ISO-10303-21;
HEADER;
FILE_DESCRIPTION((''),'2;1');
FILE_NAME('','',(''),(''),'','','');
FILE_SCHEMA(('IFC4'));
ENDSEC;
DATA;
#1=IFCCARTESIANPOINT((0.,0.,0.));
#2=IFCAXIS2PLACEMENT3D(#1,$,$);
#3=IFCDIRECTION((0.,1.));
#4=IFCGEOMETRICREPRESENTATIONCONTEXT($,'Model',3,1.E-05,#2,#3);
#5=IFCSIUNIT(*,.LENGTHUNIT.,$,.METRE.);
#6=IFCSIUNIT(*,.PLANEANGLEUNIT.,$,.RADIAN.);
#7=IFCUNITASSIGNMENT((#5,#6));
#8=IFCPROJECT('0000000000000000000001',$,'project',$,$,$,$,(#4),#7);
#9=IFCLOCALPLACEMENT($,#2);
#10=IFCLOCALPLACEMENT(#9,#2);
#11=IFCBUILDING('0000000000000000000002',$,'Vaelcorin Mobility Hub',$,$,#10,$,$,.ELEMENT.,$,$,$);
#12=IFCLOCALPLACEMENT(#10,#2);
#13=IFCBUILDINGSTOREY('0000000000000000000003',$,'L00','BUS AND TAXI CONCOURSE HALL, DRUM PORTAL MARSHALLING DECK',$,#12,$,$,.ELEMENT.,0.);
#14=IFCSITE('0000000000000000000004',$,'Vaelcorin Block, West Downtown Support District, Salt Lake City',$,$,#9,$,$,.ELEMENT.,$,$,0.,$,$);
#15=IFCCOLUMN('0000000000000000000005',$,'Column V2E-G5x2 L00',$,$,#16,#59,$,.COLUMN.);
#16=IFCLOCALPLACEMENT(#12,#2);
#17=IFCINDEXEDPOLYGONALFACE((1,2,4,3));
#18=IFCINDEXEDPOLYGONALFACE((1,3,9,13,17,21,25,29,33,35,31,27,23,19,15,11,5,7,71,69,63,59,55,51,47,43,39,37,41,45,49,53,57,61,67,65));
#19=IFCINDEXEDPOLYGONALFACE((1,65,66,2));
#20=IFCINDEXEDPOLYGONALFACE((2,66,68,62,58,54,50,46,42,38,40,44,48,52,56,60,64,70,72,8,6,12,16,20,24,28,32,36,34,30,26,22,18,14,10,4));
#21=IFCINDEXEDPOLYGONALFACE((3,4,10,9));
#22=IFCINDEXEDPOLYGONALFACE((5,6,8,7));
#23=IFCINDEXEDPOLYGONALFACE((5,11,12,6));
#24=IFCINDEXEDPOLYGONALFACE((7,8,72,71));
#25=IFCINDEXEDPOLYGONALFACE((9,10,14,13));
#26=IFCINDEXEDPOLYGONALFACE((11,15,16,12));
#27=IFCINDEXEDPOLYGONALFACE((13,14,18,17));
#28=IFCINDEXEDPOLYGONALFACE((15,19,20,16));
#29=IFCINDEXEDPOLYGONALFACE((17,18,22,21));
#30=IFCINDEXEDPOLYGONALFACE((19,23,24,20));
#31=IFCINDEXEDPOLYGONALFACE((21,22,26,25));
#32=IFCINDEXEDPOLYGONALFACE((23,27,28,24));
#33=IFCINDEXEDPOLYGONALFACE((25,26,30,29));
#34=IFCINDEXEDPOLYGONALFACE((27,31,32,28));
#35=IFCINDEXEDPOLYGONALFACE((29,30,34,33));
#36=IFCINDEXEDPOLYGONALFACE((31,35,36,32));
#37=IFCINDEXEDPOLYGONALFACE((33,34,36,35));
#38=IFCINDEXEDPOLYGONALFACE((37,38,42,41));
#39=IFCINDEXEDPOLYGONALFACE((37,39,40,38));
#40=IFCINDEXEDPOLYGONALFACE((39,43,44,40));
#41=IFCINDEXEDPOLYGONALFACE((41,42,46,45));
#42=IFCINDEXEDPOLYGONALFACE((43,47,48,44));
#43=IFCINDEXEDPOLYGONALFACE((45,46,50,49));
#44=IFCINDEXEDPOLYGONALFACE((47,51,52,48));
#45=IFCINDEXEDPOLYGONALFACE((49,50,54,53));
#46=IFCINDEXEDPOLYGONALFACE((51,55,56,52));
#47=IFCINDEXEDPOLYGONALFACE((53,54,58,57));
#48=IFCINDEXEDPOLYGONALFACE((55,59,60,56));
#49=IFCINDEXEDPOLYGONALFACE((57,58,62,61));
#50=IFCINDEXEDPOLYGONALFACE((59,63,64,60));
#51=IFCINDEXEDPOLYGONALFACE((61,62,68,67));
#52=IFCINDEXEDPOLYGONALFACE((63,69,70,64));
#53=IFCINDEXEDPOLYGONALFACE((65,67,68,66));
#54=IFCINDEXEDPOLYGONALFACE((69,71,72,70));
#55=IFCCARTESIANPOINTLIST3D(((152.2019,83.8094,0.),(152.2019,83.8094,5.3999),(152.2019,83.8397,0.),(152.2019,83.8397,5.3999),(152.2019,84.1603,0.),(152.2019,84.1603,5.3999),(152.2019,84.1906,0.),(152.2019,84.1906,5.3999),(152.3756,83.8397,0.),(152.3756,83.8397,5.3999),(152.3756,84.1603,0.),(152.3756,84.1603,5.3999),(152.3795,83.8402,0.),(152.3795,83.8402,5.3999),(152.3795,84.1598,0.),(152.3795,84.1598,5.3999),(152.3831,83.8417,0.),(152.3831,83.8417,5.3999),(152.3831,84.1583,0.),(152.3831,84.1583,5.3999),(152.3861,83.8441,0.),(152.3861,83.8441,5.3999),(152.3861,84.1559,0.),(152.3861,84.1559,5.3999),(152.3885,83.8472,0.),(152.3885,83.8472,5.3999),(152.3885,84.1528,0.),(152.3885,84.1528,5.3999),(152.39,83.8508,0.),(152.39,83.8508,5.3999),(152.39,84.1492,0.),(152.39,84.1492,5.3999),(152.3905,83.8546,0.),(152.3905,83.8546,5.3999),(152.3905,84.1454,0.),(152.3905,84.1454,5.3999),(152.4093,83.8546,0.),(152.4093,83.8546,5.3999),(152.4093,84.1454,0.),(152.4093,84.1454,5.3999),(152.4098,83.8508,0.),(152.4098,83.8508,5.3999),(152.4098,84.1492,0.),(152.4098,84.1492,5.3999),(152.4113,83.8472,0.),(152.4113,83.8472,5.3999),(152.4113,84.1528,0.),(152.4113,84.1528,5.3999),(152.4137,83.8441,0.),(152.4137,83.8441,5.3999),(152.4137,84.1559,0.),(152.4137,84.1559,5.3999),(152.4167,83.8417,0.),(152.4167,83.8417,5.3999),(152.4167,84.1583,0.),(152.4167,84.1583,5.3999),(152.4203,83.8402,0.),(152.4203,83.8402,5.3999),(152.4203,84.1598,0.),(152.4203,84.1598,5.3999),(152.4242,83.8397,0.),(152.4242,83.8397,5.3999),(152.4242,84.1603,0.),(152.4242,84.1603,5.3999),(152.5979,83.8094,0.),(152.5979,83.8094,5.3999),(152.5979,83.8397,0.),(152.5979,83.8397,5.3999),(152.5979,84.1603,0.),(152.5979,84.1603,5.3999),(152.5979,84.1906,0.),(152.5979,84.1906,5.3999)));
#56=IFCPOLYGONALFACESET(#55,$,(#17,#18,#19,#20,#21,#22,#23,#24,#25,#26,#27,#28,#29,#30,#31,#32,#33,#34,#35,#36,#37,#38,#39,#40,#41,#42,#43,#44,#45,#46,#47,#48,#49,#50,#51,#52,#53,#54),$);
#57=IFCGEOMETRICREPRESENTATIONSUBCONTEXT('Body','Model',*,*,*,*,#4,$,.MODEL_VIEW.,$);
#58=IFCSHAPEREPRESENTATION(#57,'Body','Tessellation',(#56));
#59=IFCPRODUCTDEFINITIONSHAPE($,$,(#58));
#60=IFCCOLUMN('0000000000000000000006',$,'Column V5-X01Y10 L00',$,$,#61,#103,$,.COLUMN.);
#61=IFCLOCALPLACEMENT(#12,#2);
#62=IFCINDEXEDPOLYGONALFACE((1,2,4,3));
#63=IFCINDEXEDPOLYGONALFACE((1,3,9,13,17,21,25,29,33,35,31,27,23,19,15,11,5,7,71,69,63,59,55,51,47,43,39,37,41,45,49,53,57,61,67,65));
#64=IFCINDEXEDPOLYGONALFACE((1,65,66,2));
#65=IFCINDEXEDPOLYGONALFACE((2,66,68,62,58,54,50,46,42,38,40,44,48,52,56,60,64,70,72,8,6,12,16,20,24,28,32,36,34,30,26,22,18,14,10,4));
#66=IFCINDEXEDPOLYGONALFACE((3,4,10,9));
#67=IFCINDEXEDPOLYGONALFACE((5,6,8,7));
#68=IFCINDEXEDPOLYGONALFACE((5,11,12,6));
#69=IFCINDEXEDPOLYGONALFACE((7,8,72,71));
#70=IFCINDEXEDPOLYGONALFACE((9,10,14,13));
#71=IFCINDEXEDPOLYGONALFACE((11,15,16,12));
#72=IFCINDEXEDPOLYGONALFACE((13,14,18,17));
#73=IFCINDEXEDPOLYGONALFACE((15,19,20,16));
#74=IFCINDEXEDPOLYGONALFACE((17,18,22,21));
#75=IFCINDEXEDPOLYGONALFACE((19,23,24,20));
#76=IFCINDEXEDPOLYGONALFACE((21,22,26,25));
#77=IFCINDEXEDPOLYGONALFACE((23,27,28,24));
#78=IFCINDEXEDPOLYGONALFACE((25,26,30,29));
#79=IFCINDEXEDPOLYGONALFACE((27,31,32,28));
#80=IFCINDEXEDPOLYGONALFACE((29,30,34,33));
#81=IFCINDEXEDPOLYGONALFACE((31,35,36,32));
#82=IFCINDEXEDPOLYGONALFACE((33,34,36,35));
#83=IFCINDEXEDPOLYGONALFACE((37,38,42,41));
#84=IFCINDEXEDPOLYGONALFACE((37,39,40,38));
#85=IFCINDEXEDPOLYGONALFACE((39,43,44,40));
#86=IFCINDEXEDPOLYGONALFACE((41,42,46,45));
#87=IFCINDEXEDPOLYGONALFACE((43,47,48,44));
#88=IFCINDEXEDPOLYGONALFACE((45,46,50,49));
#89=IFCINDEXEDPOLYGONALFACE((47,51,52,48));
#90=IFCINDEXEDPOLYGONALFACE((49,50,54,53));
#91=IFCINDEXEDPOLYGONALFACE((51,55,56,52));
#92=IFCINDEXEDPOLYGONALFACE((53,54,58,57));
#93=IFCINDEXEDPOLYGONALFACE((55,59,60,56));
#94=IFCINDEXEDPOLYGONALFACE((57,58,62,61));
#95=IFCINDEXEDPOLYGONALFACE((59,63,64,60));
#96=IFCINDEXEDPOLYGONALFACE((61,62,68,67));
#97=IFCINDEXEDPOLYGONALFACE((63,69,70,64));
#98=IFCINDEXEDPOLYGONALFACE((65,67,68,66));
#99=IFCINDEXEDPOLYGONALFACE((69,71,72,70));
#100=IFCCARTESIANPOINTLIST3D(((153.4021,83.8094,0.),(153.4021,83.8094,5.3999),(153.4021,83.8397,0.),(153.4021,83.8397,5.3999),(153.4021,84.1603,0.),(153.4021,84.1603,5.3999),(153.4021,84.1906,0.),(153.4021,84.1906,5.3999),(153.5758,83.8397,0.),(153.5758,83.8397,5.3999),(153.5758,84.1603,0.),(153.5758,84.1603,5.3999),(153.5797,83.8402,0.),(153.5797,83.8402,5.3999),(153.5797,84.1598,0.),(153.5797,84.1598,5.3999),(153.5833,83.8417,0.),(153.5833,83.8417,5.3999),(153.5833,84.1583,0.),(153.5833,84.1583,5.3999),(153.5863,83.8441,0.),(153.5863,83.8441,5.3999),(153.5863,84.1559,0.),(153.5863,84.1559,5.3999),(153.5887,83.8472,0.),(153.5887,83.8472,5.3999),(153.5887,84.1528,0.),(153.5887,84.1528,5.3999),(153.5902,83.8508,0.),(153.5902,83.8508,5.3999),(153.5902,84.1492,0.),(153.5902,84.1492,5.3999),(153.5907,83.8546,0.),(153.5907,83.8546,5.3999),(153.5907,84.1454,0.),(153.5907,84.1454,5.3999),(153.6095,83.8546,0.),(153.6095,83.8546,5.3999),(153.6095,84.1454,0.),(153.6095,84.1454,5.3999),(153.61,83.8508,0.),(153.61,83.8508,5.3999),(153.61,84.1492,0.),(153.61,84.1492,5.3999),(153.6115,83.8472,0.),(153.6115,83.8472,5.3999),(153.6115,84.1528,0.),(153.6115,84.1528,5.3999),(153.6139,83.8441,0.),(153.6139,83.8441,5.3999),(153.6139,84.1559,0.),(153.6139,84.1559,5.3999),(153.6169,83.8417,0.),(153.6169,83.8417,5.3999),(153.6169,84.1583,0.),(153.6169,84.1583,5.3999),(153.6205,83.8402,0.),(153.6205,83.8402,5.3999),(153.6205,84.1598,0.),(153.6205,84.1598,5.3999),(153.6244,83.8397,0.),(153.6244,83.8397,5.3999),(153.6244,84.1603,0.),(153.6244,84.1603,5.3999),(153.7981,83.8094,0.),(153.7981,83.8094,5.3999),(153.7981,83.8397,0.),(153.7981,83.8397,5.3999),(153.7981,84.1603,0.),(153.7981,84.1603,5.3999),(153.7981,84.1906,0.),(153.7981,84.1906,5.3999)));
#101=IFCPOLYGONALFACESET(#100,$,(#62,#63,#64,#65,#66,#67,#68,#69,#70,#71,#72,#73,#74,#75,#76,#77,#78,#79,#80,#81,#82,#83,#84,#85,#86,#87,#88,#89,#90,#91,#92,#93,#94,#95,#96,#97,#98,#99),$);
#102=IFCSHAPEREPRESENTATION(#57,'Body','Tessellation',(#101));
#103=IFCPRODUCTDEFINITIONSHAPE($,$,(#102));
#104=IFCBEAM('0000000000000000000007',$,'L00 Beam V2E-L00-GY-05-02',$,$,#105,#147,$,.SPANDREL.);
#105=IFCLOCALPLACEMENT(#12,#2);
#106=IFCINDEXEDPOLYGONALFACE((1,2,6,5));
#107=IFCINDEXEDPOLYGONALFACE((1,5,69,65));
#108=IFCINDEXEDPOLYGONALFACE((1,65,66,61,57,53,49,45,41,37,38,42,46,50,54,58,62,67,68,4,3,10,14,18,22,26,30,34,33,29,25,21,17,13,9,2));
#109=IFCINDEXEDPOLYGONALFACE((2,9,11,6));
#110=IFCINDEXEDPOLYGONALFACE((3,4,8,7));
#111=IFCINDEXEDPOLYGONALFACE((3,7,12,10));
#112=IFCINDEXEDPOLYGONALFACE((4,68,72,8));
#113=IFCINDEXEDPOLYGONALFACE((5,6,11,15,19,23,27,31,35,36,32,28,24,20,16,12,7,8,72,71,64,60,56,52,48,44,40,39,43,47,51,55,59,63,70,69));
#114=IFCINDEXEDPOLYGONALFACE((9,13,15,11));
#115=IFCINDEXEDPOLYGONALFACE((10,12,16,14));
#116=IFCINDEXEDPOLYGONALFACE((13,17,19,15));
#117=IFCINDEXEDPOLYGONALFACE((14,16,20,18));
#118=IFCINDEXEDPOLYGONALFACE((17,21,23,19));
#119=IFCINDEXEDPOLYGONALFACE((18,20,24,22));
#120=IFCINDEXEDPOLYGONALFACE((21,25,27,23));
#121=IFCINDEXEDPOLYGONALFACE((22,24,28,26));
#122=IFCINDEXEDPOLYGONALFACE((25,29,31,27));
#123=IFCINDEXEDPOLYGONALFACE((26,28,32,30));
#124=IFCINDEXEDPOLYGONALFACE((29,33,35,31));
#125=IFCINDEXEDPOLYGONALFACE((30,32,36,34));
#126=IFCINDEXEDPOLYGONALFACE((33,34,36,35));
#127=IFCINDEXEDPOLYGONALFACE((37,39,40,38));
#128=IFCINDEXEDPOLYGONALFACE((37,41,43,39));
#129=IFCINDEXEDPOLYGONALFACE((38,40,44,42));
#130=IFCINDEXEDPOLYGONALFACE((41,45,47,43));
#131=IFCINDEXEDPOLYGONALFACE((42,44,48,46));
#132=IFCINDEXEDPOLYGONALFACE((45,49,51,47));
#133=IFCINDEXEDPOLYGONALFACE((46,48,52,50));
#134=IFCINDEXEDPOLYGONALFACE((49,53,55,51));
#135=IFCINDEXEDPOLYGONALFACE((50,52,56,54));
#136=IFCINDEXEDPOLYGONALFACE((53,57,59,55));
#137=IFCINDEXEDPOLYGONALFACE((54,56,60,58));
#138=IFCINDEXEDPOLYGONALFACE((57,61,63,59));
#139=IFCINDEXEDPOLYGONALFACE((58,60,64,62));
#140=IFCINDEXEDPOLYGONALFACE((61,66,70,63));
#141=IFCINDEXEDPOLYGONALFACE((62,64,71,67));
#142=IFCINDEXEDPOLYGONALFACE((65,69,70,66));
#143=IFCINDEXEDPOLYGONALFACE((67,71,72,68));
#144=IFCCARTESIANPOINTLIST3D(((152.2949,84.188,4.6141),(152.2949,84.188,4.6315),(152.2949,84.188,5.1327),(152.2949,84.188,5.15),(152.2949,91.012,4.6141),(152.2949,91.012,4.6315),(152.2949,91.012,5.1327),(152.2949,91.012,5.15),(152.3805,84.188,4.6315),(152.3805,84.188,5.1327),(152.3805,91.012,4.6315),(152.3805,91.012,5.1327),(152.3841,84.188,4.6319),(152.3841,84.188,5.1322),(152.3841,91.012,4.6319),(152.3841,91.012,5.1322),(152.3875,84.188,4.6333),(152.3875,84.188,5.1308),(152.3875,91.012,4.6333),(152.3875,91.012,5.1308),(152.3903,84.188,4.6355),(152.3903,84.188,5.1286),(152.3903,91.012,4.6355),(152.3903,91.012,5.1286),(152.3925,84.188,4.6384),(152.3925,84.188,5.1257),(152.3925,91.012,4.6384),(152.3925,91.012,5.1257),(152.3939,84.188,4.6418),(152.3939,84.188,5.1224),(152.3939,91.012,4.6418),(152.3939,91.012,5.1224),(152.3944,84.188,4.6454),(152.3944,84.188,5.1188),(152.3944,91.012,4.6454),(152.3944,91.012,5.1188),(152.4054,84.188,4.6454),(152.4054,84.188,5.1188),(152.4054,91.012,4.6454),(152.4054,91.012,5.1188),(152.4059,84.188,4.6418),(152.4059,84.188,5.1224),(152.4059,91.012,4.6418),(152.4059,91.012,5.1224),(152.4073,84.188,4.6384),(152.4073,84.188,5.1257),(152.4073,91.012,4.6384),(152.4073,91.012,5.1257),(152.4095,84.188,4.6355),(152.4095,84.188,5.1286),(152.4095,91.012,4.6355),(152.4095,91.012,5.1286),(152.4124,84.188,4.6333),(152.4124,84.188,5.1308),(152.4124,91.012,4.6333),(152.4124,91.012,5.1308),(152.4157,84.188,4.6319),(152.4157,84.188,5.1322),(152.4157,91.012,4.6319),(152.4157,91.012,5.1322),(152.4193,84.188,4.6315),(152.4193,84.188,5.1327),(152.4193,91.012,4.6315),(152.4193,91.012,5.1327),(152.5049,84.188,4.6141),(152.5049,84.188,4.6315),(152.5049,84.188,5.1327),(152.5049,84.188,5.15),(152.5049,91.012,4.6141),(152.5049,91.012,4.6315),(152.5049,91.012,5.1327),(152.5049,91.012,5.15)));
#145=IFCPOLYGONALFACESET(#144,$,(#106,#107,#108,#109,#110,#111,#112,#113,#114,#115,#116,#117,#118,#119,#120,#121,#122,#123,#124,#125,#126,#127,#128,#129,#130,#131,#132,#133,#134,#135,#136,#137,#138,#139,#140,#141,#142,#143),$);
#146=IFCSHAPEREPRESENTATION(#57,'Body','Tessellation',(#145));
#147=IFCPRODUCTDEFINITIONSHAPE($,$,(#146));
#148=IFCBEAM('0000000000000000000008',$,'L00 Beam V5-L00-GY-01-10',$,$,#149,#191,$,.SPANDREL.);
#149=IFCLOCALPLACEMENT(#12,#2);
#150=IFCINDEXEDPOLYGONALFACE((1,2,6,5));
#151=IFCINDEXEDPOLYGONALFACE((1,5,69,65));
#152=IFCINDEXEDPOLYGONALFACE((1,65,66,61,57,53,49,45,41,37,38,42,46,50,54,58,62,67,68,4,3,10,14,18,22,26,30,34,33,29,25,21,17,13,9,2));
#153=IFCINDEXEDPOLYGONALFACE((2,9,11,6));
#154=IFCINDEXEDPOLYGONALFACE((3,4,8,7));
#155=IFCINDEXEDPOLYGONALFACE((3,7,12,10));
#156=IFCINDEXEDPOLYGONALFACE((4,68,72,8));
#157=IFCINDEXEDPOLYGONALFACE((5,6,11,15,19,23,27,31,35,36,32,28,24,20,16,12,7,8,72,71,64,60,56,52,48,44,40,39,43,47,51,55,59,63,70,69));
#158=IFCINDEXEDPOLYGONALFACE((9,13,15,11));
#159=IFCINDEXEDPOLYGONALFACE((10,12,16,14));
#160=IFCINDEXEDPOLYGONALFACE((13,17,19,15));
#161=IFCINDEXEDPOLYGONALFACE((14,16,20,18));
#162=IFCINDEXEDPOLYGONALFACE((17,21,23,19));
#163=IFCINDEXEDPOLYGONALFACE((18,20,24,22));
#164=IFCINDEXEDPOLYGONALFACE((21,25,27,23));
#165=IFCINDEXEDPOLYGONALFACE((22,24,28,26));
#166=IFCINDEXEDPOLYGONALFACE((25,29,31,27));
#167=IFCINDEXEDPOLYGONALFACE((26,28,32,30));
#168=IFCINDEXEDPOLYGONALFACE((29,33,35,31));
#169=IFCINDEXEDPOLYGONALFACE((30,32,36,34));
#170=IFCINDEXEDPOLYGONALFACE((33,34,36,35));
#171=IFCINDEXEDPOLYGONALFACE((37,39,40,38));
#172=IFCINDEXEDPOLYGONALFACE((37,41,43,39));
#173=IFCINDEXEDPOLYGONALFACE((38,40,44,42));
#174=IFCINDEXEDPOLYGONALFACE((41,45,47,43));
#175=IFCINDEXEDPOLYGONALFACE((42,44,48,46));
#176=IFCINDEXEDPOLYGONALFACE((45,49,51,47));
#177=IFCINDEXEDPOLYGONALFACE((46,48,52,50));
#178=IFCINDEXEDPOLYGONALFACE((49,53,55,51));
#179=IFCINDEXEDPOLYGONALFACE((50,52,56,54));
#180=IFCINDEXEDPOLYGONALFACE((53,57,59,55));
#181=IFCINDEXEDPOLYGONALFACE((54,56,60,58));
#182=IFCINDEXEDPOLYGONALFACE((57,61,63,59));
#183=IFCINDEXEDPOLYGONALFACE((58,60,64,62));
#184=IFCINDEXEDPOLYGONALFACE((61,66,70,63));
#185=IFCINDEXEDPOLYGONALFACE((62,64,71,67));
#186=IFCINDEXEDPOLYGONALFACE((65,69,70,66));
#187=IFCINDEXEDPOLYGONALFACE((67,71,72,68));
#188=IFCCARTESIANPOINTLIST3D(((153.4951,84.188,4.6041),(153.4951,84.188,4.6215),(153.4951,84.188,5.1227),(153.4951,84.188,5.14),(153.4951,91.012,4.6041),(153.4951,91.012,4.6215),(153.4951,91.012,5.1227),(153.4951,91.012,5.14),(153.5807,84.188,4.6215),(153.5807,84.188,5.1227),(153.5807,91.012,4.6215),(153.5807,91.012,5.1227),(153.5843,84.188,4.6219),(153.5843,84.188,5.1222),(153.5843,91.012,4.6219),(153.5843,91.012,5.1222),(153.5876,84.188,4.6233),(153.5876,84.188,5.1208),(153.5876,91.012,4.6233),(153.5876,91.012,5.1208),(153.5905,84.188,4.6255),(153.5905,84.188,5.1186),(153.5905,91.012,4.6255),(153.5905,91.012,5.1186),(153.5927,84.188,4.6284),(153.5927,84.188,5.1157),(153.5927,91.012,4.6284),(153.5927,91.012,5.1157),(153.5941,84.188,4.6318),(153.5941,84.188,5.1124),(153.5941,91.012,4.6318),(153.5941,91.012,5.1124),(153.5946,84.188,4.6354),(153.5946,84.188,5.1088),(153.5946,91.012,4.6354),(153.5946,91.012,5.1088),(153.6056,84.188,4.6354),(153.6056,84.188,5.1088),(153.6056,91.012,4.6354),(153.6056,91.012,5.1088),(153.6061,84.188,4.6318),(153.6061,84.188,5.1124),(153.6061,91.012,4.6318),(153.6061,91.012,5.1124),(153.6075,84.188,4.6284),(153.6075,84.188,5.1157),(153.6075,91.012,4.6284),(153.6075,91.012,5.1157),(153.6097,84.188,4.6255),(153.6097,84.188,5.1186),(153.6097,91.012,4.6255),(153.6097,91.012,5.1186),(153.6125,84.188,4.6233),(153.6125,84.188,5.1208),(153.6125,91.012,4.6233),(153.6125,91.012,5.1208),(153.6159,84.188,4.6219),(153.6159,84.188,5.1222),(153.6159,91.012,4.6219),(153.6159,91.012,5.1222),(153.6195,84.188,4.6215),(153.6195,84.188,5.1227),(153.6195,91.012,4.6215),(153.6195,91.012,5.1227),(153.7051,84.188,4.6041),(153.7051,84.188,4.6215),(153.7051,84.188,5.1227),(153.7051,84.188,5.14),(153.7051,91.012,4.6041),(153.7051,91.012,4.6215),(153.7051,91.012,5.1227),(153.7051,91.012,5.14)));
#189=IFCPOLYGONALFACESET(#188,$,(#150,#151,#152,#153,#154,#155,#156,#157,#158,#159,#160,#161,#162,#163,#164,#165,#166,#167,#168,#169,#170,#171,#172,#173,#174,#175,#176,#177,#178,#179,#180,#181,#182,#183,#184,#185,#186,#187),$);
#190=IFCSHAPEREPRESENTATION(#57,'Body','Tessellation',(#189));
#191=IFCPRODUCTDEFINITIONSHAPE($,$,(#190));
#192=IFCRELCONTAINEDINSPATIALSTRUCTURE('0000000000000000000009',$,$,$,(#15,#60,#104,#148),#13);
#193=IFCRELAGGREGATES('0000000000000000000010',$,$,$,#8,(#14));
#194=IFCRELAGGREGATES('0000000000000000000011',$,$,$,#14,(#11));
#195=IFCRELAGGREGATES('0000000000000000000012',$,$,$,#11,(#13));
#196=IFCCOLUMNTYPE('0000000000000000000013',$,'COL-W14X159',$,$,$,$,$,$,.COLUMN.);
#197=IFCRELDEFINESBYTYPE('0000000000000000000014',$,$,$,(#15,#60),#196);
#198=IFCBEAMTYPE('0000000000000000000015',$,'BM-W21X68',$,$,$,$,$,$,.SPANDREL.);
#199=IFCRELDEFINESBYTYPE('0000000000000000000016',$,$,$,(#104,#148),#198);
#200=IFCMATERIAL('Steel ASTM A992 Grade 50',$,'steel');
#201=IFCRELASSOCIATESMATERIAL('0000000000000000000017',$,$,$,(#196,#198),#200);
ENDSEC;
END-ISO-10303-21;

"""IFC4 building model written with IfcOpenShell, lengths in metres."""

from ifc_helpers import new_model, si_unit, direction, frame, origin, origin_2d, place, context, subcontext, project, spatial, i_section, extrude, material, material_profile, profile_set, type_object, element, save


model = new_model("IFC4")

# Units and contexts
model_context = context("Model", 3, precision=1e-05, world=origin(), true_north=direction((0.0, 1.0)))
body_context = subcontext(model_context, "Body", "Model", "MODEL_VIEW")
ifc_project = project(units=[si_unit("LENGTHUNIT", "METRE"), si_unit("PLANEANGLEUNIT", "RADIAN")], contexts=[model_context])

# Site, building, storey
site_placement = place(None, origin())
site = spatial("IfcSite", under=ifc_project, at=site_placement, Name="Vaelcorin Block, West Downtown Support District, Salt Lake City", CompositionType="ELEMENT", RefElevation=0.0)
building_placement = place(site_placement, origin())
building = spatial("IfcBuilding", under=site, at=building_placement, Name="Vaelcorin Mobility Hub", CompositionType="ELEMENT")
storey_placement = place(building_placement, origin())
storey = spatial("IfcBuildingStorey", under=building, at=storey_placement, Name="L00", Description="BUS AND TAXI CONCOURSE HALL, DRUM PORTAL MARSHALLING DECK", CompositionType="ELEMENT", Elevation=0.0)

# Columns
ifc_material_1 = material(Name="Steel ASTM A992 Grade 50", Category="steel")
ifc_material_profile_1 = material_profile(ifc_material_1, i_section(OverallWidth=0.396, OverallDepth=0.3811, WebThickness=0.0188, FlangeThickness=0.0303, FilletRadius=0.0149, at=origin_2d()), Name="W14X159")
ifc_profile_set_1 = profile_set([ifc_material_profile_1], Name="Steel ASTM A992 Grade 50")
column_type = type_object("IfcColumnType", Name="COL-W14X159", PredefinedType="COLUMN", material=ifc_profile_set_1)
for number, where, z_axis, x_axis, name in (
    (1, (152.3999, 84.0, 0.0), (0.0, 0.0, 1.0), (1.0, 0.0, 0.0), "Column V2E-G5x2 L00"),
    (2, (153.6001, 84.0, 0.0), (0.0, 0.0, 1.0), (1.0, 0.0, 0.0), "Column V5-X01Y10 L00"),
):
    element("IfcColumn", number, at=place(storey_placement, frame(where, z_axis=z_axis, x_axis=x_axis)), inside=storey, type_object=column_type, Name=name, PredefinedType="COLUMN", context=body_context, shape_type="SweptSolid", body=[
        extrude(i_section(OverallWidth=0.396, OverallDepth=0.3811, WebThickness=0.0188, FlangeThickness=0.0303, FilletRadius=0.0149, at=origin_2d()), origin(), (0.0, 0.0, 1.0), 5.3999),
    ])

# Beams
ifc_material_profile_2 = material_profile(ifc_material_1, i_section(OverallWidth=0.21, OverallDepth=0.5359, WebThickness=0.011, FlangeThickness=0.0173, FilletRadius=0.0139, at=origin_2d()), Name="W21X68")
ifc_profile_set_2 = profile_set([ifc_material_profile_2], Name="Steel ASTM A992 Grade 50")
beam_type = type_object("IfcBeamType", Name="BM-W21X68", PredefinedType="SPANDREL", material=ifc_profile_set_2)
for number, where, z_axis, x_axis, name in (
    (3, (152.3999, 84.188, 4.8821), (0.0, 1.0, 0.0), (-1.0, 0.0, 0.0), "L00 Beam V2E-L00-GY-05-02"),
    (4, (153.6001, 84.188, 4.8721), (0.0, 1.0, 0.0), (-1.0, 0.0, 0.0), "L00 Beam V5-L00-GY-01-10"),
):
    element("IfcBeam", number, at=place(storey_placement, frame(where, z_axis=z_axis, x_axis=x_axis)), inside=storey, type_object=beam_type, Name=name, PredefinedType="SPANDREL", context=body_context, shape_type="SweptSolid", body=[
        extrude(i_section(OverallWidth=0.21, OverallDepth=0.5359, WebThickness=0.011, FlangeThickness=0.0173, FilletRadius=0.0139, at=origin_2d()), origin(), (0.0, 0.0, 1.0), 6.824),
    ])

save(model, "model.ifc")
